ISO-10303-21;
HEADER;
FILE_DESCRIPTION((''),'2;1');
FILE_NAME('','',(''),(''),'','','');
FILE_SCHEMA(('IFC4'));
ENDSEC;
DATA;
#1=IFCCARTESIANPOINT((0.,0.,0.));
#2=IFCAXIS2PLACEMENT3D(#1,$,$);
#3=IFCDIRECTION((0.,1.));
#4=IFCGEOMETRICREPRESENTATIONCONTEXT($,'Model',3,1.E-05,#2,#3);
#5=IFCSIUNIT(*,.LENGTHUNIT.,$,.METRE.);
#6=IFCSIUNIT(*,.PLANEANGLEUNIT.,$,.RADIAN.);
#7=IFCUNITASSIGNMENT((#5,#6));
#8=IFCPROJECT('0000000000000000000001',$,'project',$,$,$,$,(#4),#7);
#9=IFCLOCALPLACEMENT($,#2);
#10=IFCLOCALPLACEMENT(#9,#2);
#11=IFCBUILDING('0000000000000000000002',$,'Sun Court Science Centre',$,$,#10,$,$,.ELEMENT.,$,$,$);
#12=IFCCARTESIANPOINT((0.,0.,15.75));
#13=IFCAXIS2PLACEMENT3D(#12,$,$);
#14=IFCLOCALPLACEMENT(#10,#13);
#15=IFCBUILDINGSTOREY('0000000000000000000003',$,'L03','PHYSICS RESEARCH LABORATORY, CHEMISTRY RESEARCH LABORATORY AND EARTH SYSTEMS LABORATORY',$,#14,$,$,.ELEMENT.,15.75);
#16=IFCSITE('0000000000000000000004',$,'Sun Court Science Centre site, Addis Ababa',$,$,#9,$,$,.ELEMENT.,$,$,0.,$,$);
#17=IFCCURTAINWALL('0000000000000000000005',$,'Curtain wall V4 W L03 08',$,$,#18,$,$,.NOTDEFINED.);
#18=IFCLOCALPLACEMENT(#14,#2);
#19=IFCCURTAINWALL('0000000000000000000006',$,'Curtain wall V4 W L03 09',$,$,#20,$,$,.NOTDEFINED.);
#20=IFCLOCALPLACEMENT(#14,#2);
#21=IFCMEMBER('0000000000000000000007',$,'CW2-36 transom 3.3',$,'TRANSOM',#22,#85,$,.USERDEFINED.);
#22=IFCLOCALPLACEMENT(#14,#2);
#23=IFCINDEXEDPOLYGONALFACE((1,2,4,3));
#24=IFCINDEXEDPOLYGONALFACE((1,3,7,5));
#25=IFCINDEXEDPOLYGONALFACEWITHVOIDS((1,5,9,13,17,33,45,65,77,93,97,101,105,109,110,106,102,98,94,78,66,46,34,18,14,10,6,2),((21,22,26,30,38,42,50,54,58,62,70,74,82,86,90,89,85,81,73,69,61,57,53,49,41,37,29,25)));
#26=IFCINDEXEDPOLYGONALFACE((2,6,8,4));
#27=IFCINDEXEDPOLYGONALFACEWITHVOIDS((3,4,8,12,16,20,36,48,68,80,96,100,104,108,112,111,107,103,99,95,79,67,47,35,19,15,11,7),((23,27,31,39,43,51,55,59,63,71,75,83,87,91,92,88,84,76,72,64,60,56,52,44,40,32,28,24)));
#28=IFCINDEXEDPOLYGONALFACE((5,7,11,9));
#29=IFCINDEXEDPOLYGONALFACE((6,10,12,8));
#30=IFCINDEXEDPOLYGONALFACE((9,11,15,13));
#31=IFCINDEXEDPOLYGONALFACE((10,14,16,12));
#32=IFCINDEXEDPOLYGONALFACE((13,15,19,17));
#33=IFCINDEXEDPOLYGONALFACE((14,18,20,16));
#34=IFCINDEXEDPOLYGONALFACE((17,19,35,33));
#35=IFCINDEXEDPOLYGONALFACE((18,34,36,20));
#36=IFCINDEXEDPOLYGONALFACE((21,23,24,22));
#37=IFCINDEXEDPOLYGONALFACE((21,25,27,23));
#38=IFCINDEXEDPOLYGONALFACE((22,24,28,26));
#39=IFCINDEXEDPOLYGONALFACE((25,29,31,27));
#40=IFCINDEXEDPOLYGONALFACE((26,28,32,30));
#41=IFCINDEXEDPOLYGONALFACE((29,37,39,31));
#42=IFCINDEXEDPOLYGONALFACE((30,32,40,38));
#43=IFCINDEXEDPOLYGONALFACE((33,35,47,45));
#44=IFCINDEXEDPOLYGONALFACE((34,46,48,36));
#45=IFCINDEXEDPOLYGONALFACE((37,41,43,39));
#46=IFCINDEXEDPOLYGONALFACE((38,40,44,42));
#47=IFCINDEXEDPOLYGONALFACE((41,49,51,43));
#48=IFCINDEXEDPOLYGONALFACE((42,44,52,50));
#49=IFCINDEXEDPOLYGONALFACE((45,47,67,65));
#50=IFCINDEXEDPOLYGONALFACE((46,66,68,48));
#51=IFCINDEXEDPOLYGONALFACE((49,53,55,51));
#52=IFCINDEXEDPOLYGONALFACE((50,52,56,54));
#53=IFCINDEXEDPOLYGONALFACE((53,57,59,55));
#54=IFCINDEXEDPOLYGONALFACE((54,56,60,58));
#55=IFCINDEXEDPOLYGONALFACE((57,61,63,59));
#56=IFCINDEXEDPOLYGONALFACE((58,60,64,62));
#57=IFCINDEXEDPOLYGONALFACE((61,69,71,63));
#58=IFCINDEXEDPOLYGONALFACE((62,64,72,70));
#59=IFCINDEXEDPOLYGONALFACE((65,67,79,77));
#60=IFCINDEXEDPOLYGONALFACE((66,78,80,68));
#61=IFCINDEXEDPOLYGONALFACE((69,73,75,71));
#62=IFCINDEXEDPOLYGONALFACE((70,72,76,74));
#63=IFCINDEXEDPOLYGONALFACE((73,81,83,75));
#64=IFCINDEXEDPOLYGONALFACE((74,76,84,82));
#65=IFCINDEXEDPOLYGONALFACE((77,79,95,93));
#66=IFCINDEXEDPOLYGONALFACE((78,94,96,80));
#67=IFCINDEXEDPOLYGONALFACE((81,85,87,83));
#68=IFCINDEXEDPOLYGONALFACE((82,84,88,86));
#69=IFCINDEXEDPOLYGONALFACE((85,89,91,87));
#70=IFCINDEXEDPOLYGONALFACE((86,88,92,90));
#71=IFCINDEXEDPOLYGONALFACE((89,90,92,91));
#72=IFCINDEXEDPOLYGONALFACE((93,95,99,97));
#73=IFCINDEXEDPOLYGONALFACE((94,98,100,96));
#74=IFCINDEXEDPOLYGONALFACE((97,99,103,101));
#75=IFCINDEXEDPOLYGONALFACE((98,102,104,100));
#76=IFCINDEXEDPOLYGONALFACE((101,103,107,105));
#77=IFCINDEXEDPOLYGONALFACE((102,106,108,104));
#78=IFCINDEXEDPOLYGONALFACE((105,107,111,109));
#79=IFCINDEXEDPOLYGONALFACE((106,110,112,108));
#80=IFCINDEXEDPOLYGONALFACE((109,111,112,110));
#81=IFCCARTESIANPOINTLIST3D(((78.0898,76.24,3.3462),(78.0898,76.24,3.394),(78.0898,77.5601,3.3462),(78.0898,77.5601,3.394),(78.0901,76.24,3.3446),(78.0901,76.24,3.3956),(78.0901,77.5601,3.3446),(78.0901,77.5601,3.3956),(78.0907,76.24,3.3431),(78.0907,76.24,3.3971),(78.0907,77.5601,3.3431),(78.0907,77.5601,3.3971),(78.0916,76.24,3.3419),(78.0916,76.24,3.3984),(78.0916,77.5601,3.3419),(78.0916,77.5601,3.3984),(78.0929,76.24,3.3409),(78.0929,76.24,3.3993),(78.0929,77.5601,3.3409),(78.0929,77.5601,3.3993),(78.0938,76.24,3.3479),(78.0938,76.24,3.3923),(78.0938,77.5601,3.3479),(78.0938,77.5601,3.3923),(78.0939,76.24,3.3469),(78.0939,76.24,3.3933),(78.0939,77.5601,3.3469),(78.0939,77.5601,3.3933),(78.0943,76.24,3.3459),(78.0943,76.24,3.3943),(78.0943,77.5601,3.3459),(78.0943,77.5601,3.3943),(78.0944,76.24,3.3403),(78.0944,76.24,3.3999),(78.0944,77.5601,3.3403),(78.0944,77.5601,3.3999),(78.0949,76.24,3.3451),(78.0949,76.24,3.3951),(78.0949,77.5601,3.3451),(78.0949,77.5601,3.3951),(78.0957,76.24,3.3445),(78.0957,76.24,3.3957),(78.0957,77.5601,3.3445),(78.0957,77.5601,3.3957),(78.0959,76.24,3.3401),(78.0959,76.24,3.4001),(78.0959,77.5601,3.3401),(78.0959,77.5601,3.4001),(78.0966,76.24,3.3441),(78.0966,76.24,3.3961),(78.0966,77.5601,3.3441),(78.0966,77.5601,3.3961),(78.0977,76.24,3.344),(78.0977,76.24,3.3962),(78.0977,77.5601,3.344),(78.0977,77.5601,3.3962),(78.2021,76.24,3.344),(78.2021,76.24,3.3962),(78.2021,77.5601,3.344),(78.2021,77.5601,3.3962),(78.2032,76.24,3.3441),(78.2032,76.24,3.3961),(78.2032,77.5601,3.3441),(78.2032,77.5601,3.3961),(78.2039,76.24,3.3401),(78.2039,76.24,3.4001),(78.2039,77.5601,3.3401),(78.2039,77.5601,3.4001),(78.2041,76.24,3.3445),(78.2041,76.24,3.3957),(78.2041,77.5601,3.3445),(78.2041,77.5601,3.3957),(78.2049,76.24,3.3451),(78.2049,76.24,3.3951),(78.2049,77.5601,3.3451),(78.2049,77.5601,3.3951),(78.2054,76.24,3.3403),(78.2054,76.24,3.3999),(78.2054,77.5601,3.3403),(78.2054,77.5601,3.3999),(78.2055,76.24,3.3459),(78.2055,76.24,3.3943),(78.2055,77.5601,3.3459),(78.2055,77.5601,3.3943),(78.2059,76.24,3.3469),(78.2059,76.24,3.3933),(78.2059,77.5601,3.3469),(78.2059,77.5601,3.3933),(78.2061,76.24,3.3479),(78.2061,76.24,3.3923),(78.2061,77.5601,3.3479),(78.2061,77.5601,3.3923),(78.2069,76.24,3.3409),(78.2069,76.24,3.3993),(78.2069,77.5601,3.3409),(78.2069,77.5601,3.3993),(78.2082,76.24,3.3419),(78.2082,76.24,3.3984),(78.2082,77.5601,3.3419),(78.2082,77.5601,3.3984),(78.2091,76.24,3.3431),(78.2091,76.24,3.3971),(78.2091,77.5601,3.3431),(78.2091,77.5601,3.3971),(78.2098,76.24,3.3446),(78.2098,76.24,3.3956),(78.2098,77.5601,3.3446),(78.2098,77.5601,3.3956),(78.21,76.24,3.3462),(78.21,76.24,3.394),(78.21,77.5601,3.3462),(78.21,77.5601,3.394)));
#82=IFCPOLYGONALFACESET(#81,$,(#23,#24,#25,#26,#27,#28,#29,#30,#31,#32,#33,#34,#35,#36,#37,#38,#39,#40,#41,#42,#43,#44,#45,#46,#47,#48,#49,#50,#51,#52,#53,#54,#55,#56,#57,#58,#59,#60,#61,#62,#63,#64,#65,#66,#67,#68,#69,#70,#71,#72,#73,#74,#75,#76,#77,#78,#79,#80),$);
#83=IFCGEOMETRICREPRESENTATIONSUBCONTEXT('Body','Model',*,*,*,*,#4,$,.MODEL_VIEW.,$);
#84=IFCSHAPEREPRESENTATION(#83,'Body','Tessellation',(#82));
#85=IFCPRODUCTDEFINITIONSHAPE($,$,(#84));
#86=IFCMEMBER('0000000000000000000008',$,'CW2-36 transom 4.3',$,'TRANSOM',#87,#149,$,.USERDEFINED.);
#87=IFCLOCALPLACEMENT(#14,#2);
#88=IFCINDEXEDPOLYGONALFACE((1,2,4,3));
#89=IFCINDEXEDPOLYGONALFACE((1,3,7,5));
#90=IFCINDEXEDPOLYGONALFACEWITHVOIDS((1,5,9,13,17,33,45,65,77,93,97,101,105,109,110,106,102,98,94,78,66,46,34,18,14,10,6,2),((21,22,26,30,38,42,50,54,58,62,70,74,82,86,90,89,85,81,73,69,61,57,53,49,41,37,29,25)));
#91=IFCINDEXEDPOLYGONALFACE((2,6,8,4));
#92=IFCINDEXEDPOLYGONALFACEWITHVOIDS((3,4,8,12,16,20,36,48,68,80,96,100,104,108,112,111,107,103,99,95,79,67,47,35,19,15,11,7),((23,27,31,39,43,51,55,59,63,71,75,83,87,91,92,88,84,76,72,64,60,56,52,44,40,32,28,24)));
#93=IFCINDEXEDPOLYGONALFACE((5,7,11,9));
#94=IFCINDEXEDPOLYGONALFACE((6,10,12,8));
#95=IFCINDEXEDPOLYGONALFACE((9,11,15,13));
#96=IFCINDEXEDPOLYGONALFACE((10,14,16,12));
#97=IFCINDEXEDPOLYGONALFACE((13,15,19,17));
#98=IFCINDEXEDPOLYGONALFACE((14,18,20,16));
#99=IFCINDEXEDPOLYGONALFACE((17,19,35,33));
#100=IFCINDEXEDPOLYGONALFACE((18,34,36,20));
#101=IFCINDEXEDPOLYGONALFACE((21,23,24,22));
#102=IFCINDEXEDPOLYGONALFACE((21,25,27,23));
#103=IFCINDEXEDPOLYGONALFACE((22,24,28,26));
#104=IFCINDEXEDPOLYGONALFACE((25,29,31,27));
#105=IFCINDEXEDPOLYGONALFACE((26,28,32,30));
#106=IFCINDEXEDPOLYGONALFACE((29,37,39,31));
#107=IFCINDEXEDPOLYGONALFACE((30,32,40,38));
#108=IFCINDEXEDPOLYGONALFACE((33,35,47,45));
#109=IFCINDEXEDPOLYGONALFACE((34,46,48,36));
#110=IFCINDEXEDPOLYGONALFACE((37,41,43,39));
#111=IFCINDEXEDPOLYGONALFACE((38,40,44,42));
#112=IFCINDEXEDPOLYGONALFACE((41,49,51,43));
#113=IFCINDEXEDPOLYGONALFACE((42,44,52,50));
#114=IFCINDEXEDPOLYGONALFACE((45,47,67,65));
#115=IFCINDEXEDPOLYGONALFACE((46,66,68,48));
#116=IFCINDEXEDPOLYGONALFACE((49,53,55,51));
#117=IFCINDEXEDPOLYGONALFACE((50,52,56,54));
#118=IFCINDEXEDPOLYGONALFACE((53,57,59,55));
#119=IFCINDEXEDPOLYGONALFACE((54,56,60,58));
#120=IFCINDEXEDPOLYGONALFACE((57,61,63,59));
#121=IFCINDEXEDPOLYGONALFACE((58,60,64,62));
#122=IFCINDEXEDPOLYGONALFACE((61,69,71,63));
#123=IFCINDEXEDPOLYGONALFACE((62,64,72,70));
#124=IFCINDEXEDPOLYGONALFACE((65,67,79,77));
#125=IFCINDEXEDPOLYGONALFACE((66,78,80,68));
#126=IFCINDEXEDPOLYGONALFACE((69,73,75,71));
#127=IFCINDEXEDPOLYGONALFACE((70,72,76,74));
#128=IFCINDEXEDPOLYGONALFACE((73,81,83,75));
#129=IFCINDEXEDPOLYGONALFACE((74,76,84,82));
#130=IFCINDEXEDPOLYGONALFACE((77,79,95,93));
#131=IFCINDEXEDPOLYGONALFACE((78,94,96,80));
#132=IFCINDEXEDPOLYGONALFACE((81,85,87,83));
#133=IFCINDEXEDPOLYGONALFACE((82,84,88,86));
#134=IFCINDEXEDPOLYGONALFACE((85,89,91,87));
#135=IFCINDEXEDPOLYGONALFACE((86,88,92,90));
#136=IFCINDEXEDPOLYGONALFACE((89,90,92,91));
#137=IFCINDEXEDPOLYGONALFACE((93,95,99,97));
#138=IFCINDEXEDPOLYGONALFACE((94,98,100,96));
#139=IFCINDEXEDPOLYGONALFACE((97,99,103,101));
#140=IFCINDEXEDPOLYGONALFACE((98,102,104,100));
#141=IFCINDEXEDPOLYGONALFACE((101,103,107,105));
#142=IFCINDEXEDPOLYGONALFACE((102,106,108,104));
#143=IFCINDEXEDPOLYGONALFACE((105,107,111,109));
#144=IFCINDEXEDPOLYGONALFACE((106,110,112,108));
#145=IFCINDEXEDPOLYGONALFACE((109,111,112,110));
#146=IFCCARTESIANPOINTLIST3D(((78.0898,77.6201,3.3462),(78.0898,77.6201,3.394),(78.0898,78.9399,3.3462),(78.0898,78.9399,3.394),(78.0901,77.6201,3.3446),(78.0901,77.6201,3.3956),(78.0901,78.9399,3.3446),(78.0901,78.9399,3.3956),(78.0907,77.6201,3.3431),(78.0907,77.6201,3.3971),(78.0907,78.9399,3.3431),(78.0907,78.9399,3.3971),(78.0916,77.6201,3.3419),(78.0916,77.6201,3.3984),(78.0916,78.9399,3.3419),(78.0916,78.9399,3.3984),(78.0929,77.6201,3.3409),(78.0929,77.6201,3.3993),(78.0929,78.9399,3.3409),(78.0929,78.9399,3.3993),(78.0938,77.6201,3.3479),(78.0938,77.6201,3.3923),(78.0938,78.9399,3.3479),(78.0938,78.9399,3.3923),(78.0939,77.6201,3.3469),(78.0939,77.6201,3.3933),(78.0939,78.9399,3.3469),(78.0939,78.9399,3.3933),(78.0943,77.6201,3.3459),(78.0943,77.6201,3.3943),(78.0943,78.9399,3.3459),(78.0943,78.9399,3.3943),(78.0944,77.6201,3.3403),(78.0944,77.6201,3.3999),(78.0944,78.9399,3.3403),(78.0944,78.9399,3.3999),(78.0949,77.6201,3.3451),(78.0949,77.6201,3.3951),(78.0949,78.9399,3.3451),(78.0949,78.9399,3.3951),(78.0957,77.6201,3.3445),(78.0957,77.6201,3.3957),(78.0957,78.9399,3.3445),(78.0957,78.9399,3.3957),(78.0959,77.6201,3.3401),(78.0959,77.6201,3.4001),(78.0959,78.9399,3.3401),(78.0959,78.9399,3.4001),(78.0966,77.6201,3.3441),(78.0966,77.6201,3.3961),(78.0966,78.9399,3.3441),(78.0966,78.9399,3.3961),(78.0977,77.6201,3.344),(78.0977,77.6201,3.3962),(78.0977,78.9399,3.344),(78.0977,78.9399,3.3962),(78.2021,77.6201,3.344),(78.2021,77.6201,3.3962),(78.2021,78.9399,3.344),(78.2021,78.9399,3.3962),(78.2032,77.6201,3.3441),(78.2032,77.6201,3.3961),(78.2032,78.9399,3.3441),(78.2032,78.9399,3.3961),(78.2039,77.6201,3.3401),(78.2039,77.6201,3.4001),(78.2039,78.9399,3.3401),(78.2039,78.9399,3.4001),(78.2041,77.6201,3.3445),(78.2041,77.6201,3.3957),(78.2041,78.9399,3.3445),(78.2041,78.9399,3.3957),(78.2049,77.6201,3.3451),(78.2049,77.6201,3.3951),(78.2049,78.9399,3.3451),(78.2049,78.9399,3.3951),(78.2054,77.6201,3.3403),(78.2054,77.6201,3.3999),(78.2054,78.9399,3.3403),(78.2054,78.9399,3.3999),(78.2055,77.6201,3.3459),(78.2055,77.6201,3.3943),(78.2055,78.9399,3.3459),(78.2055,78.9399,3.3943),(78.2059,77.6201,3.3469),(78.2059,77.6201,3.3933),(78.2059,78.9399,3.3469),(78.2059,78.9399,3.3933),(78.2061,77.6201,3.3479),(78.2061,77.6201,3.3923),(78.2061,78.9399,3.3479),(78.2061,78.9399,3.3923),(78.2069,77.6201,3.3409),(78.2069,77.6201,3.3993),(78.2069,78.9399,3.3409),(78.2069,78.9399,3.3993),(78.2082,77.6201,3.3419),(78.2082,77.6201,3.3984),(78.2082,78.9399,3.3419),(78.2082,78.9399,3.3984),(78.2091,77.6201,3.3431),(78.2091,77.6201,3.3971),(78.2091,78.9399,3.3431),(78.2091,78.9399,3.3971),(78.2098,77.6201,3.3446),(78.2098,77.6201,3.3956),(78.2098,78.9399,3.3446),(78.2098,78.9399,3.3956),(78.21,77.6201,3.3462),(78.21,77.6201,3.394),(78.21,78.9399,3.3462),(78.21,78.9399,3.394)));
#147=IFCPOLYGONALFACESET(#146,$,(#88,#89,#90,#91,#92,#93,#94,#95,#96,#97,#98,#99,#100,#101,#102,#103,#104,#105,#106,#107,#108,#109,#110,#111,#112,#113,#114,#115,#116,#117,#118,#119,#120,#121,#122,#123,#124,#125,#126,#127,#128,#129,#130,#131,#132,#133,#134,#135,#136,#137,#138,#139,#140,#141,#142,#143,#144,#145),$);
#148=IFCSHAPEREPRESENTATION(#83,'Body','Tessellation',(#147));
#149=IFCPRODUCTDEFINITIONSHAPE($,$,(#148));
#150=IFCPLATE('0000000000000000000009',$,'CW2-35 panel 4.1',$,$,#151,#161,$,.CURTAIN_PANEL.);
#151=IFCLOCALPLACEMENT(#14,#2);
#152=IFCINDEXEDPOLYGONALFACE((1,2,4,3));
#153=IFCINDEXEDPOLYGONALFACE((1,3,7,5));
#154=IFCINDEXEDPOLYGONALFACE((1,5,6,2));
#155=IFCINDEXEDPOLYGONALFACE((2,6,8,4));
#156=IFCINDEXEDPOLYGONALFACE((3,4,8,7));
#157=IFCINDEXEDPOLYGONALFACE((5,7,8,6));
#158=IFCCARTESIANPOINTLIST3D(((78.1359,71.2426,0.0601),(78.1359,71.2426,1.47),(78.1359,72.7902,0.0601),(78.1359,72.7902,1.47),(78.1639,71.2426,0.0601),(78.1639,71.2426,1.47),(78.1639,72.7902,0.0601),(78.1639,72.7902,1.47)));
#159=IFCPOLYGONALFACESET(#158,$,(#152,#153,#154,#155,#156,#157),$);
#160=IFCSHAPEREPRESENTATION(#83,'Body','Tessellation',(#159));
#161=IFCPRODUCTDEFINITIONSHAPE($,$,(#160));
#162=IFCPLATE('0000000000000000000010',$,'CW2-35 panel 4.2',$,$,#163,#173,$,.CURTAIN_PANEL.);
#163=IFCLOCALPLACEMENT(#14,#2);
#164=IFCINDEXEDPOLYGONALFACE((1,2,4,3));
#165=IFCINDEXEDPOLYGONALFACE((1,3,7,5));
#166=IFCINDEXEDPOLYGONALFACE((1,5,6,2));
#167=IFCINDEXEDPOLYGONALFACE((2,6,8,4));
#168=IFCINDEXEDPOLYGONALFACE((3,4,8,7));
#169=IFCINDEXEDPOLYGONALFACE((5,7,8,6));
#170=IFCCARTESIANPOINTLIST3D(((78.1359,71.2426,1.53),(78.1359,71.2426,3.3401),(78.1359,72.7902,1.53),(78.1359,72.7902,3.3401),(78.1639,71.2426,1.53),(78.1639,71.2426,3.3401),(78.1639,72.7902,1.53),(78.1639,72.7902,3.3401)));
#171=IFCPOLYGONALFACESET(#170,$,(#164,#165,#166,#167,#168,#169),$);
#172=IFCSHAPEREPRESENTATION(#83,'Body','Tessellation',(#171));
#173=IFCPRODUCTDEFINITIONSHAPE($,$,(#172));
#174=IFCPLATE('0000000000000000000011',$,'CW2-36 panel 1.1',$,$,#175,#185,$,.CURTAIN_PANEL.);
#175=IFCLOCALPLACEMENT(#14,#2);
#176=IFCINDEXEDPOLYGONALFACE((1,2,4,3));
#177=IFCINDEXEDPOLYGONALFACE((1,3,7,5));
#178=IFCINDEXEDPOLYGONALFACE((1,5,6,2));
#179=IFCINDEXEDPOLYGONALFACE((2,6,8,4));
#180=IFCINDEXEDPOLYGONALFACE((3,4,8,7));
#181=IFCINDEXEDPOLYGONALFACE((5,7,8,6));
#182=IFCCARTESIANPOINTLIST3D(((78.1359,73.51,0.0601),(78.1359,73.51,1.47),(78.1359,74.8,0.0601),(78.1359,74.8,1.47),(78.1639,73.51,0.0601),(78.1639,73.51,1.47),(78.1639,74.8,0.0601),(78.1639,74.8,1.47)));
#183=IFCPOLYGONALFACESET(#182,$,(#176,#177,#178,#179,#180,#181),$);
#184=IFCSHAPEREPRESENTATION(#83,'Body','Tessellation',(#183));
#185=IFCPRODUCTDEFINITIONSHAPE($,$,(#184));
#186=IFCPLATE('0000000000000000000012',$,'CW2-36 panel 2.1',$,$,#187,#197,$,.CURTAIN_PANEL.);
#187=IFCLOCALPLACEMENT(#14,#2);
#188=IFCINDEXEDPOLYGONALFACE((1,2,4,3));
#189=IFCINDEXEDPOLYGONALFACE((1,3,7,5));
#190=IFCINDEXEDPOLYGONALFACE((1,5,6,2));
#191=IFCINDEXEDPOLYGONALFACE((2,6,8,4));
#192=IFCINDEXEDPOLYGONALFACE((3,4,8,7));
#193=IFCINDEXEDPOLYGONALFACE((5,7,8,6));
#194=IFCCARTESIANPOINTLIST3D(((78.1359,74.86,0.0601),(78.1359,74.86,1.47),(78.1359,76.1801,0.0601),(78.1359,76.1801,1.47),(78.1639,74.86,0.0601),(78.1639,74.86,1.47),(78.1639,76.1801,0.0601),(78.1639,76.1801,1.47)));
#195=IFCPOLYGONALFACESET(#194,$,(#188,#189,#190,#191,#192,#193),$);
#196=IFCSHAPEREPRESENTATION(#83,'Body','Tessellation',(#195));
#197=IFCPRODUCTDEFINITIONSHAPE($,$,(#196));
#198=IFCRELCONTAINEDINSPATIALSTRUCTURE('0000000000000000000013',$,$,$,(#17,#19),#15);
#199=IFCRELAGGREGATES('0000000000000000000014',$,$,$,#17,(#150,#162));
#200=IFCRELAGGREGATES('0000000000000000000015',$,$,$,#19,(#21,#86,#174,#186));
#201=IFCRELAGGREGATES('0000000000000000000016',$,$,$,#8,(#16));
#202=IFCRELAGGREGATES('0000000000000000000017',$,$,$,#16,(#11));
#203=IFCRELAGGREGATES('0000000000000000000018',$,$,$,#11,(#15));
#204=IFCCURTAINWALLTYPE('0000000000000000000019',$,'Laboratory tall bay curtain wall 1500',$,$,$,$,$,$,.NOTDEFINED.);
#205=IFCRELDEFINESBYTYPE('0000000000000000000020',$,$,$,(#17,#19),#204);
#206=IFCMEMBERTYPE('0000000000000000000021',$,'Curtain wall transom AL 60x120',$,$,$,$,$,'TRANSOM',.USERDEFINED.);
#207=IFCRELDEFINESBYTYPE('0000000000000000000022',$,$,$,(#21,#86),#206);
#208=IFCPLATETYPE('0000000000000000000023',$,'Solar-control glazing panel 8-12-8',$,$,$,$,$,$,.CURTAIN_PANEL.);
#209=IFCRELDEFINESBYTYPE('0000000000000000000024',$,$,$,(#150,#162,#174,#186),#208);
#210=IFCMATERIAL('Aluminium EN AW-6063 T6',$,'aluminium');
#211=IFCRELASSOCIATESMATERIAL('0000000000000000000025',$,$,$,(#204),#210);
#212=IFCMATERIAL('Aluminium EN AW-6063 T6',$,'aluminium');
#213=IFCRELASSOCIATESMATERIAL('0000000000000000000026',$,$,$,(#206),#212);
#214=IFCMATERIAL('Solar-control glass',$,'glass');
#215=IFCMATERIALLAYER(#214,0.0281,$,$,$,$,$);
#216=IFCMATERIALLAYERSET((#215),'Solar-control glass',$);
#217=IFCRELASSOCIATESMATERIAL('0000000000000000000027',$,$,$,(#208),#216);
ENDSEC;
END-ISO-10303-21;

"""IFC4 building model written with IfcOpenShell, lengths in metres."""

from ifc_helpers import new_model, si_unit, direction, frame, origin, origin_2d, place, context, subcontext, project, spatial, rectangle, hollow_rectangle, extrude, material, layer, layer_set, material_profile, profile_set, type_object, element, aggregate, save


model = new_model("IFC4")

# Units and contexts
model_context = context("Model", 3, precision=1e-05, world=origin(), true_north=direction((0.0, 1.0)))
body_context = subcontext(model_context, "Body", "Model", "MODEL_VIEW")
ifc_project = project(units=[si_unit("LENGTHUNIT", "METRE"), si_unit("PLANEANGLEUNIT", "RADIAN")], contexts=[model_context])

# Site, building, storey
site_placement = place(None, origin())
site = spatial("IfcSite", under=ifc_project, at=site_placement, Name="Sun Court Science Centre site, Addis Ababa", CompositionType="ELEMENT", RefElevation=0.0)
building_placement = place(site_placement, origin())
building = spatial("IfcBuilding", under=site, at=building_placement, Name="Sun Court Science Centre", CompositionType="ELEMENT")
storey_placement = place(building_placement, frame((0.0, 0.0, 15.75)))
storey = spatial("IfcBuildingStorey", under=building, at=storey_placement, Name="L03", Description="PHYSICS RESEARCH LABORATORY, CHEMISTRY RESEARCH LABORATORY AND EARTH SYSTEMS LABORATORY", CompositionType="ELEMENT", Elevation=15.75)

# Curtain wall
ifc_material_1 = material(Name="Aluminium EN AW-6063 T6", Category="aluminium")
curtain_wall_type = type_object("IfcCurtainWallType", Name="Laboratory tall bay curtain wall 1500", PredefinedType="NOTDEFINED", material=ifc_material_1)
curtain_wall_1_placement = place(storey_placement, origin())
curtain_wall_1 = element("IfcCurtainWall", 1, at=curtain_wall_1_placement, inside=storey, type_object=curtain_wall_type, Name="Curtain wall V4 W L03 08", PredefinedType="NOTDEFINED")

# Curtain wall
curtain_wall_2_placement = place(storey_placement, origin())
curtain_wall_2 = element("IfcCurtainWall", 2, at=curtain_wall_2_placement, inside=storey, type_object=curtain_wall_type, Name="Curtain wall V4 W L03 09", PredefinedType="NOTDEFINED")

# Members
ifc_material_2 = material(Name="Aluminium EN AW-6063 T6", Category="aluminium")
ifc_material_profile_1 = material_profile(ifc_material_2, hollow_rectangle(XDim=0.0601, YDim=0.1201, WallThickness=0.0039, InnerFilletRadius=0.0039, OuterFilletRadius=0.0061, at=origin_2d()), Name="AL 60x120x4")
ifc_profile_set_1 = profile_set([ifc_material_profile_1], Name="Aluminium EN AW-6063 T6")
member_type_1 = type_object("IfcMemberType", Name="Curtain wall transom AL 60x120", ElementType="TRANSOM", PredefinedType="USERDEFINED", material=ifc_profile_set_1)
member_1_placement = place(storey_placement, frame((78.1499, 76.24, 3.3701), z_axis=(0.0, 1.0, 0.0), x_axis=(0.0, 0.0, 1.0)))
member_1 = element("IfcMember", 3, at=member_1_placement, type_object=member_type_1, Name="CW2-36 transom 3.3", ObjectType="TRANSOM", PredefinedType="USERDEFINED", context=body_context, shape_type="SweptSolid", body=[
    extrude(hollow_rectangle(XDim=0.0601, YDim=0.1201, WallThickness=0.0039, InnerFilletRadius=0.0039, OuterFilletRadius=0.0061, at=origin_2d()), origin(), (0.0, 0.0, 1.0), 1.3201),
])
member_2_placement = place(storey_placement, frame((78.1499, 77.6201, 3.3701), z_axis=(0.0, 1.0, 0.0), x_axis=(0.0, 0.0, 1.0)))
member_2 = element("IfcMember", 4, at=member_2_placement, type_object=member_type_1, Name="CW2-36 transom 4.3", ObjectType="TRANSOM", PredefinedType="USERDEFINED", context=body_context, shape_type="SweptSolid", body=[
    extrude(hollow_rectangle(XDim=0.0601, YDim=0.1201, WallThickness=0.0039, InnerFilletRadius=0.0039, OuterFilletRadius=0.0061, at=origin_2d()), origin(), (0.0, 0.0, 1.0), 1.3198),
])

# Plates
ifc_material_3 = material(Name="Solar-control glass", Category="glass")
ifc_layer_1 = layer(ifc_material_3, 0.0281)
ifc_layer_set_1 = layer_set([ifc_layer_1], Name="Solar-control glass")
plate_type = type_object("IfcPlateType", Name="Solar-control glazing panel 8-12-8", PredefinedType="CURTAIN_PANEL", material=ifc_layer_set_1)
plate_1_placement = place(storey_placement, frame((78.1499, 72.0164, 0.0601), z_axis=(0.0, 0.0, 1.0), x_axis=(0.0, 1.0, 0.0)))
plate_1 = element("IfcPlate", 5, at=plate_1_placement, type_object=plate_type, Name="CW2-35 panel 4.1", PredefinedType="CURTAIN_PANEL", context=body_context, shape_type="SweptSolid", body=[
    extrude(rectangle(XDim=1.5476, YDim=0.0281, at=origin_2d()), origin(), (0.0, 0.0, 1.0), 1.4099),
])
plate_2_placement = place(storey_placement, frame((78.1499, 72.0164, 1.53), z_axis=(0.0, 0.0, 1.0), x_axis=(0.0, 1.0, 0.0)))
plate_2 = element("IfcPlate", 6, at=plate_2_placement, type_object=plate_type, Name="CW2-35 panel 4.2", PredefinedType="CURTAIN_PANEL", context=body_context, shape_type="SweptSolid", body=[
    extrude(rectangle(XDim=1.5476, YDim=0.0281, at=origin_2d()), origin(), (0.0, 0.0, 1.0), 1.8101),
])
aggregate(curtain_wall_1, [plate_1, plate_2])
plate_3_placement = place(storey_placement, frame((78.1499, 74.155, 0.0601), z_axis=(0.0, 0.0, 1.0), x_axis=(0.0, 1.0, 0.0)))
plate_3 = element("IfcPlate", 7, at=plate_3_placement, type_object=plate_type, Name="CW2-36 panel 1.1", PredefinedType="CURTAIN_PANEL", context=body_context, shape_type="SweptSolid", body=[
    extrude(rectangle(XDim=1.29, YDim=0.0281, at=origin_2d()), origin(), (0.0, 0.0, 1.0), 1.4099),
])
plate_4_placement = place(storey_placement, frame((78.1499, 75.52, 0.0601), z_axis=(0.0, 0.0, 1.0), x_axis=(0.0, 1.0, 0.0)))
plate_4 = element("IfcPlate", 8, at=plate_4_placement, type_object=plate_type, Name="CW2-36 panel 2.1", PredefinedType="CURTAIN_PANEL", context=body_context, shape_type="SweptSolid", body=[
    extrude(rectangle(XDim=1.3201, YDim=0.0281, at=origin_2d()), origin(), (0.0, 0.0, 1.0), 1.4099),
])
aggregate(curtain_wall_2, [member_1, member_2, plate_3, plate_4])

save(model, "model.ifc")
